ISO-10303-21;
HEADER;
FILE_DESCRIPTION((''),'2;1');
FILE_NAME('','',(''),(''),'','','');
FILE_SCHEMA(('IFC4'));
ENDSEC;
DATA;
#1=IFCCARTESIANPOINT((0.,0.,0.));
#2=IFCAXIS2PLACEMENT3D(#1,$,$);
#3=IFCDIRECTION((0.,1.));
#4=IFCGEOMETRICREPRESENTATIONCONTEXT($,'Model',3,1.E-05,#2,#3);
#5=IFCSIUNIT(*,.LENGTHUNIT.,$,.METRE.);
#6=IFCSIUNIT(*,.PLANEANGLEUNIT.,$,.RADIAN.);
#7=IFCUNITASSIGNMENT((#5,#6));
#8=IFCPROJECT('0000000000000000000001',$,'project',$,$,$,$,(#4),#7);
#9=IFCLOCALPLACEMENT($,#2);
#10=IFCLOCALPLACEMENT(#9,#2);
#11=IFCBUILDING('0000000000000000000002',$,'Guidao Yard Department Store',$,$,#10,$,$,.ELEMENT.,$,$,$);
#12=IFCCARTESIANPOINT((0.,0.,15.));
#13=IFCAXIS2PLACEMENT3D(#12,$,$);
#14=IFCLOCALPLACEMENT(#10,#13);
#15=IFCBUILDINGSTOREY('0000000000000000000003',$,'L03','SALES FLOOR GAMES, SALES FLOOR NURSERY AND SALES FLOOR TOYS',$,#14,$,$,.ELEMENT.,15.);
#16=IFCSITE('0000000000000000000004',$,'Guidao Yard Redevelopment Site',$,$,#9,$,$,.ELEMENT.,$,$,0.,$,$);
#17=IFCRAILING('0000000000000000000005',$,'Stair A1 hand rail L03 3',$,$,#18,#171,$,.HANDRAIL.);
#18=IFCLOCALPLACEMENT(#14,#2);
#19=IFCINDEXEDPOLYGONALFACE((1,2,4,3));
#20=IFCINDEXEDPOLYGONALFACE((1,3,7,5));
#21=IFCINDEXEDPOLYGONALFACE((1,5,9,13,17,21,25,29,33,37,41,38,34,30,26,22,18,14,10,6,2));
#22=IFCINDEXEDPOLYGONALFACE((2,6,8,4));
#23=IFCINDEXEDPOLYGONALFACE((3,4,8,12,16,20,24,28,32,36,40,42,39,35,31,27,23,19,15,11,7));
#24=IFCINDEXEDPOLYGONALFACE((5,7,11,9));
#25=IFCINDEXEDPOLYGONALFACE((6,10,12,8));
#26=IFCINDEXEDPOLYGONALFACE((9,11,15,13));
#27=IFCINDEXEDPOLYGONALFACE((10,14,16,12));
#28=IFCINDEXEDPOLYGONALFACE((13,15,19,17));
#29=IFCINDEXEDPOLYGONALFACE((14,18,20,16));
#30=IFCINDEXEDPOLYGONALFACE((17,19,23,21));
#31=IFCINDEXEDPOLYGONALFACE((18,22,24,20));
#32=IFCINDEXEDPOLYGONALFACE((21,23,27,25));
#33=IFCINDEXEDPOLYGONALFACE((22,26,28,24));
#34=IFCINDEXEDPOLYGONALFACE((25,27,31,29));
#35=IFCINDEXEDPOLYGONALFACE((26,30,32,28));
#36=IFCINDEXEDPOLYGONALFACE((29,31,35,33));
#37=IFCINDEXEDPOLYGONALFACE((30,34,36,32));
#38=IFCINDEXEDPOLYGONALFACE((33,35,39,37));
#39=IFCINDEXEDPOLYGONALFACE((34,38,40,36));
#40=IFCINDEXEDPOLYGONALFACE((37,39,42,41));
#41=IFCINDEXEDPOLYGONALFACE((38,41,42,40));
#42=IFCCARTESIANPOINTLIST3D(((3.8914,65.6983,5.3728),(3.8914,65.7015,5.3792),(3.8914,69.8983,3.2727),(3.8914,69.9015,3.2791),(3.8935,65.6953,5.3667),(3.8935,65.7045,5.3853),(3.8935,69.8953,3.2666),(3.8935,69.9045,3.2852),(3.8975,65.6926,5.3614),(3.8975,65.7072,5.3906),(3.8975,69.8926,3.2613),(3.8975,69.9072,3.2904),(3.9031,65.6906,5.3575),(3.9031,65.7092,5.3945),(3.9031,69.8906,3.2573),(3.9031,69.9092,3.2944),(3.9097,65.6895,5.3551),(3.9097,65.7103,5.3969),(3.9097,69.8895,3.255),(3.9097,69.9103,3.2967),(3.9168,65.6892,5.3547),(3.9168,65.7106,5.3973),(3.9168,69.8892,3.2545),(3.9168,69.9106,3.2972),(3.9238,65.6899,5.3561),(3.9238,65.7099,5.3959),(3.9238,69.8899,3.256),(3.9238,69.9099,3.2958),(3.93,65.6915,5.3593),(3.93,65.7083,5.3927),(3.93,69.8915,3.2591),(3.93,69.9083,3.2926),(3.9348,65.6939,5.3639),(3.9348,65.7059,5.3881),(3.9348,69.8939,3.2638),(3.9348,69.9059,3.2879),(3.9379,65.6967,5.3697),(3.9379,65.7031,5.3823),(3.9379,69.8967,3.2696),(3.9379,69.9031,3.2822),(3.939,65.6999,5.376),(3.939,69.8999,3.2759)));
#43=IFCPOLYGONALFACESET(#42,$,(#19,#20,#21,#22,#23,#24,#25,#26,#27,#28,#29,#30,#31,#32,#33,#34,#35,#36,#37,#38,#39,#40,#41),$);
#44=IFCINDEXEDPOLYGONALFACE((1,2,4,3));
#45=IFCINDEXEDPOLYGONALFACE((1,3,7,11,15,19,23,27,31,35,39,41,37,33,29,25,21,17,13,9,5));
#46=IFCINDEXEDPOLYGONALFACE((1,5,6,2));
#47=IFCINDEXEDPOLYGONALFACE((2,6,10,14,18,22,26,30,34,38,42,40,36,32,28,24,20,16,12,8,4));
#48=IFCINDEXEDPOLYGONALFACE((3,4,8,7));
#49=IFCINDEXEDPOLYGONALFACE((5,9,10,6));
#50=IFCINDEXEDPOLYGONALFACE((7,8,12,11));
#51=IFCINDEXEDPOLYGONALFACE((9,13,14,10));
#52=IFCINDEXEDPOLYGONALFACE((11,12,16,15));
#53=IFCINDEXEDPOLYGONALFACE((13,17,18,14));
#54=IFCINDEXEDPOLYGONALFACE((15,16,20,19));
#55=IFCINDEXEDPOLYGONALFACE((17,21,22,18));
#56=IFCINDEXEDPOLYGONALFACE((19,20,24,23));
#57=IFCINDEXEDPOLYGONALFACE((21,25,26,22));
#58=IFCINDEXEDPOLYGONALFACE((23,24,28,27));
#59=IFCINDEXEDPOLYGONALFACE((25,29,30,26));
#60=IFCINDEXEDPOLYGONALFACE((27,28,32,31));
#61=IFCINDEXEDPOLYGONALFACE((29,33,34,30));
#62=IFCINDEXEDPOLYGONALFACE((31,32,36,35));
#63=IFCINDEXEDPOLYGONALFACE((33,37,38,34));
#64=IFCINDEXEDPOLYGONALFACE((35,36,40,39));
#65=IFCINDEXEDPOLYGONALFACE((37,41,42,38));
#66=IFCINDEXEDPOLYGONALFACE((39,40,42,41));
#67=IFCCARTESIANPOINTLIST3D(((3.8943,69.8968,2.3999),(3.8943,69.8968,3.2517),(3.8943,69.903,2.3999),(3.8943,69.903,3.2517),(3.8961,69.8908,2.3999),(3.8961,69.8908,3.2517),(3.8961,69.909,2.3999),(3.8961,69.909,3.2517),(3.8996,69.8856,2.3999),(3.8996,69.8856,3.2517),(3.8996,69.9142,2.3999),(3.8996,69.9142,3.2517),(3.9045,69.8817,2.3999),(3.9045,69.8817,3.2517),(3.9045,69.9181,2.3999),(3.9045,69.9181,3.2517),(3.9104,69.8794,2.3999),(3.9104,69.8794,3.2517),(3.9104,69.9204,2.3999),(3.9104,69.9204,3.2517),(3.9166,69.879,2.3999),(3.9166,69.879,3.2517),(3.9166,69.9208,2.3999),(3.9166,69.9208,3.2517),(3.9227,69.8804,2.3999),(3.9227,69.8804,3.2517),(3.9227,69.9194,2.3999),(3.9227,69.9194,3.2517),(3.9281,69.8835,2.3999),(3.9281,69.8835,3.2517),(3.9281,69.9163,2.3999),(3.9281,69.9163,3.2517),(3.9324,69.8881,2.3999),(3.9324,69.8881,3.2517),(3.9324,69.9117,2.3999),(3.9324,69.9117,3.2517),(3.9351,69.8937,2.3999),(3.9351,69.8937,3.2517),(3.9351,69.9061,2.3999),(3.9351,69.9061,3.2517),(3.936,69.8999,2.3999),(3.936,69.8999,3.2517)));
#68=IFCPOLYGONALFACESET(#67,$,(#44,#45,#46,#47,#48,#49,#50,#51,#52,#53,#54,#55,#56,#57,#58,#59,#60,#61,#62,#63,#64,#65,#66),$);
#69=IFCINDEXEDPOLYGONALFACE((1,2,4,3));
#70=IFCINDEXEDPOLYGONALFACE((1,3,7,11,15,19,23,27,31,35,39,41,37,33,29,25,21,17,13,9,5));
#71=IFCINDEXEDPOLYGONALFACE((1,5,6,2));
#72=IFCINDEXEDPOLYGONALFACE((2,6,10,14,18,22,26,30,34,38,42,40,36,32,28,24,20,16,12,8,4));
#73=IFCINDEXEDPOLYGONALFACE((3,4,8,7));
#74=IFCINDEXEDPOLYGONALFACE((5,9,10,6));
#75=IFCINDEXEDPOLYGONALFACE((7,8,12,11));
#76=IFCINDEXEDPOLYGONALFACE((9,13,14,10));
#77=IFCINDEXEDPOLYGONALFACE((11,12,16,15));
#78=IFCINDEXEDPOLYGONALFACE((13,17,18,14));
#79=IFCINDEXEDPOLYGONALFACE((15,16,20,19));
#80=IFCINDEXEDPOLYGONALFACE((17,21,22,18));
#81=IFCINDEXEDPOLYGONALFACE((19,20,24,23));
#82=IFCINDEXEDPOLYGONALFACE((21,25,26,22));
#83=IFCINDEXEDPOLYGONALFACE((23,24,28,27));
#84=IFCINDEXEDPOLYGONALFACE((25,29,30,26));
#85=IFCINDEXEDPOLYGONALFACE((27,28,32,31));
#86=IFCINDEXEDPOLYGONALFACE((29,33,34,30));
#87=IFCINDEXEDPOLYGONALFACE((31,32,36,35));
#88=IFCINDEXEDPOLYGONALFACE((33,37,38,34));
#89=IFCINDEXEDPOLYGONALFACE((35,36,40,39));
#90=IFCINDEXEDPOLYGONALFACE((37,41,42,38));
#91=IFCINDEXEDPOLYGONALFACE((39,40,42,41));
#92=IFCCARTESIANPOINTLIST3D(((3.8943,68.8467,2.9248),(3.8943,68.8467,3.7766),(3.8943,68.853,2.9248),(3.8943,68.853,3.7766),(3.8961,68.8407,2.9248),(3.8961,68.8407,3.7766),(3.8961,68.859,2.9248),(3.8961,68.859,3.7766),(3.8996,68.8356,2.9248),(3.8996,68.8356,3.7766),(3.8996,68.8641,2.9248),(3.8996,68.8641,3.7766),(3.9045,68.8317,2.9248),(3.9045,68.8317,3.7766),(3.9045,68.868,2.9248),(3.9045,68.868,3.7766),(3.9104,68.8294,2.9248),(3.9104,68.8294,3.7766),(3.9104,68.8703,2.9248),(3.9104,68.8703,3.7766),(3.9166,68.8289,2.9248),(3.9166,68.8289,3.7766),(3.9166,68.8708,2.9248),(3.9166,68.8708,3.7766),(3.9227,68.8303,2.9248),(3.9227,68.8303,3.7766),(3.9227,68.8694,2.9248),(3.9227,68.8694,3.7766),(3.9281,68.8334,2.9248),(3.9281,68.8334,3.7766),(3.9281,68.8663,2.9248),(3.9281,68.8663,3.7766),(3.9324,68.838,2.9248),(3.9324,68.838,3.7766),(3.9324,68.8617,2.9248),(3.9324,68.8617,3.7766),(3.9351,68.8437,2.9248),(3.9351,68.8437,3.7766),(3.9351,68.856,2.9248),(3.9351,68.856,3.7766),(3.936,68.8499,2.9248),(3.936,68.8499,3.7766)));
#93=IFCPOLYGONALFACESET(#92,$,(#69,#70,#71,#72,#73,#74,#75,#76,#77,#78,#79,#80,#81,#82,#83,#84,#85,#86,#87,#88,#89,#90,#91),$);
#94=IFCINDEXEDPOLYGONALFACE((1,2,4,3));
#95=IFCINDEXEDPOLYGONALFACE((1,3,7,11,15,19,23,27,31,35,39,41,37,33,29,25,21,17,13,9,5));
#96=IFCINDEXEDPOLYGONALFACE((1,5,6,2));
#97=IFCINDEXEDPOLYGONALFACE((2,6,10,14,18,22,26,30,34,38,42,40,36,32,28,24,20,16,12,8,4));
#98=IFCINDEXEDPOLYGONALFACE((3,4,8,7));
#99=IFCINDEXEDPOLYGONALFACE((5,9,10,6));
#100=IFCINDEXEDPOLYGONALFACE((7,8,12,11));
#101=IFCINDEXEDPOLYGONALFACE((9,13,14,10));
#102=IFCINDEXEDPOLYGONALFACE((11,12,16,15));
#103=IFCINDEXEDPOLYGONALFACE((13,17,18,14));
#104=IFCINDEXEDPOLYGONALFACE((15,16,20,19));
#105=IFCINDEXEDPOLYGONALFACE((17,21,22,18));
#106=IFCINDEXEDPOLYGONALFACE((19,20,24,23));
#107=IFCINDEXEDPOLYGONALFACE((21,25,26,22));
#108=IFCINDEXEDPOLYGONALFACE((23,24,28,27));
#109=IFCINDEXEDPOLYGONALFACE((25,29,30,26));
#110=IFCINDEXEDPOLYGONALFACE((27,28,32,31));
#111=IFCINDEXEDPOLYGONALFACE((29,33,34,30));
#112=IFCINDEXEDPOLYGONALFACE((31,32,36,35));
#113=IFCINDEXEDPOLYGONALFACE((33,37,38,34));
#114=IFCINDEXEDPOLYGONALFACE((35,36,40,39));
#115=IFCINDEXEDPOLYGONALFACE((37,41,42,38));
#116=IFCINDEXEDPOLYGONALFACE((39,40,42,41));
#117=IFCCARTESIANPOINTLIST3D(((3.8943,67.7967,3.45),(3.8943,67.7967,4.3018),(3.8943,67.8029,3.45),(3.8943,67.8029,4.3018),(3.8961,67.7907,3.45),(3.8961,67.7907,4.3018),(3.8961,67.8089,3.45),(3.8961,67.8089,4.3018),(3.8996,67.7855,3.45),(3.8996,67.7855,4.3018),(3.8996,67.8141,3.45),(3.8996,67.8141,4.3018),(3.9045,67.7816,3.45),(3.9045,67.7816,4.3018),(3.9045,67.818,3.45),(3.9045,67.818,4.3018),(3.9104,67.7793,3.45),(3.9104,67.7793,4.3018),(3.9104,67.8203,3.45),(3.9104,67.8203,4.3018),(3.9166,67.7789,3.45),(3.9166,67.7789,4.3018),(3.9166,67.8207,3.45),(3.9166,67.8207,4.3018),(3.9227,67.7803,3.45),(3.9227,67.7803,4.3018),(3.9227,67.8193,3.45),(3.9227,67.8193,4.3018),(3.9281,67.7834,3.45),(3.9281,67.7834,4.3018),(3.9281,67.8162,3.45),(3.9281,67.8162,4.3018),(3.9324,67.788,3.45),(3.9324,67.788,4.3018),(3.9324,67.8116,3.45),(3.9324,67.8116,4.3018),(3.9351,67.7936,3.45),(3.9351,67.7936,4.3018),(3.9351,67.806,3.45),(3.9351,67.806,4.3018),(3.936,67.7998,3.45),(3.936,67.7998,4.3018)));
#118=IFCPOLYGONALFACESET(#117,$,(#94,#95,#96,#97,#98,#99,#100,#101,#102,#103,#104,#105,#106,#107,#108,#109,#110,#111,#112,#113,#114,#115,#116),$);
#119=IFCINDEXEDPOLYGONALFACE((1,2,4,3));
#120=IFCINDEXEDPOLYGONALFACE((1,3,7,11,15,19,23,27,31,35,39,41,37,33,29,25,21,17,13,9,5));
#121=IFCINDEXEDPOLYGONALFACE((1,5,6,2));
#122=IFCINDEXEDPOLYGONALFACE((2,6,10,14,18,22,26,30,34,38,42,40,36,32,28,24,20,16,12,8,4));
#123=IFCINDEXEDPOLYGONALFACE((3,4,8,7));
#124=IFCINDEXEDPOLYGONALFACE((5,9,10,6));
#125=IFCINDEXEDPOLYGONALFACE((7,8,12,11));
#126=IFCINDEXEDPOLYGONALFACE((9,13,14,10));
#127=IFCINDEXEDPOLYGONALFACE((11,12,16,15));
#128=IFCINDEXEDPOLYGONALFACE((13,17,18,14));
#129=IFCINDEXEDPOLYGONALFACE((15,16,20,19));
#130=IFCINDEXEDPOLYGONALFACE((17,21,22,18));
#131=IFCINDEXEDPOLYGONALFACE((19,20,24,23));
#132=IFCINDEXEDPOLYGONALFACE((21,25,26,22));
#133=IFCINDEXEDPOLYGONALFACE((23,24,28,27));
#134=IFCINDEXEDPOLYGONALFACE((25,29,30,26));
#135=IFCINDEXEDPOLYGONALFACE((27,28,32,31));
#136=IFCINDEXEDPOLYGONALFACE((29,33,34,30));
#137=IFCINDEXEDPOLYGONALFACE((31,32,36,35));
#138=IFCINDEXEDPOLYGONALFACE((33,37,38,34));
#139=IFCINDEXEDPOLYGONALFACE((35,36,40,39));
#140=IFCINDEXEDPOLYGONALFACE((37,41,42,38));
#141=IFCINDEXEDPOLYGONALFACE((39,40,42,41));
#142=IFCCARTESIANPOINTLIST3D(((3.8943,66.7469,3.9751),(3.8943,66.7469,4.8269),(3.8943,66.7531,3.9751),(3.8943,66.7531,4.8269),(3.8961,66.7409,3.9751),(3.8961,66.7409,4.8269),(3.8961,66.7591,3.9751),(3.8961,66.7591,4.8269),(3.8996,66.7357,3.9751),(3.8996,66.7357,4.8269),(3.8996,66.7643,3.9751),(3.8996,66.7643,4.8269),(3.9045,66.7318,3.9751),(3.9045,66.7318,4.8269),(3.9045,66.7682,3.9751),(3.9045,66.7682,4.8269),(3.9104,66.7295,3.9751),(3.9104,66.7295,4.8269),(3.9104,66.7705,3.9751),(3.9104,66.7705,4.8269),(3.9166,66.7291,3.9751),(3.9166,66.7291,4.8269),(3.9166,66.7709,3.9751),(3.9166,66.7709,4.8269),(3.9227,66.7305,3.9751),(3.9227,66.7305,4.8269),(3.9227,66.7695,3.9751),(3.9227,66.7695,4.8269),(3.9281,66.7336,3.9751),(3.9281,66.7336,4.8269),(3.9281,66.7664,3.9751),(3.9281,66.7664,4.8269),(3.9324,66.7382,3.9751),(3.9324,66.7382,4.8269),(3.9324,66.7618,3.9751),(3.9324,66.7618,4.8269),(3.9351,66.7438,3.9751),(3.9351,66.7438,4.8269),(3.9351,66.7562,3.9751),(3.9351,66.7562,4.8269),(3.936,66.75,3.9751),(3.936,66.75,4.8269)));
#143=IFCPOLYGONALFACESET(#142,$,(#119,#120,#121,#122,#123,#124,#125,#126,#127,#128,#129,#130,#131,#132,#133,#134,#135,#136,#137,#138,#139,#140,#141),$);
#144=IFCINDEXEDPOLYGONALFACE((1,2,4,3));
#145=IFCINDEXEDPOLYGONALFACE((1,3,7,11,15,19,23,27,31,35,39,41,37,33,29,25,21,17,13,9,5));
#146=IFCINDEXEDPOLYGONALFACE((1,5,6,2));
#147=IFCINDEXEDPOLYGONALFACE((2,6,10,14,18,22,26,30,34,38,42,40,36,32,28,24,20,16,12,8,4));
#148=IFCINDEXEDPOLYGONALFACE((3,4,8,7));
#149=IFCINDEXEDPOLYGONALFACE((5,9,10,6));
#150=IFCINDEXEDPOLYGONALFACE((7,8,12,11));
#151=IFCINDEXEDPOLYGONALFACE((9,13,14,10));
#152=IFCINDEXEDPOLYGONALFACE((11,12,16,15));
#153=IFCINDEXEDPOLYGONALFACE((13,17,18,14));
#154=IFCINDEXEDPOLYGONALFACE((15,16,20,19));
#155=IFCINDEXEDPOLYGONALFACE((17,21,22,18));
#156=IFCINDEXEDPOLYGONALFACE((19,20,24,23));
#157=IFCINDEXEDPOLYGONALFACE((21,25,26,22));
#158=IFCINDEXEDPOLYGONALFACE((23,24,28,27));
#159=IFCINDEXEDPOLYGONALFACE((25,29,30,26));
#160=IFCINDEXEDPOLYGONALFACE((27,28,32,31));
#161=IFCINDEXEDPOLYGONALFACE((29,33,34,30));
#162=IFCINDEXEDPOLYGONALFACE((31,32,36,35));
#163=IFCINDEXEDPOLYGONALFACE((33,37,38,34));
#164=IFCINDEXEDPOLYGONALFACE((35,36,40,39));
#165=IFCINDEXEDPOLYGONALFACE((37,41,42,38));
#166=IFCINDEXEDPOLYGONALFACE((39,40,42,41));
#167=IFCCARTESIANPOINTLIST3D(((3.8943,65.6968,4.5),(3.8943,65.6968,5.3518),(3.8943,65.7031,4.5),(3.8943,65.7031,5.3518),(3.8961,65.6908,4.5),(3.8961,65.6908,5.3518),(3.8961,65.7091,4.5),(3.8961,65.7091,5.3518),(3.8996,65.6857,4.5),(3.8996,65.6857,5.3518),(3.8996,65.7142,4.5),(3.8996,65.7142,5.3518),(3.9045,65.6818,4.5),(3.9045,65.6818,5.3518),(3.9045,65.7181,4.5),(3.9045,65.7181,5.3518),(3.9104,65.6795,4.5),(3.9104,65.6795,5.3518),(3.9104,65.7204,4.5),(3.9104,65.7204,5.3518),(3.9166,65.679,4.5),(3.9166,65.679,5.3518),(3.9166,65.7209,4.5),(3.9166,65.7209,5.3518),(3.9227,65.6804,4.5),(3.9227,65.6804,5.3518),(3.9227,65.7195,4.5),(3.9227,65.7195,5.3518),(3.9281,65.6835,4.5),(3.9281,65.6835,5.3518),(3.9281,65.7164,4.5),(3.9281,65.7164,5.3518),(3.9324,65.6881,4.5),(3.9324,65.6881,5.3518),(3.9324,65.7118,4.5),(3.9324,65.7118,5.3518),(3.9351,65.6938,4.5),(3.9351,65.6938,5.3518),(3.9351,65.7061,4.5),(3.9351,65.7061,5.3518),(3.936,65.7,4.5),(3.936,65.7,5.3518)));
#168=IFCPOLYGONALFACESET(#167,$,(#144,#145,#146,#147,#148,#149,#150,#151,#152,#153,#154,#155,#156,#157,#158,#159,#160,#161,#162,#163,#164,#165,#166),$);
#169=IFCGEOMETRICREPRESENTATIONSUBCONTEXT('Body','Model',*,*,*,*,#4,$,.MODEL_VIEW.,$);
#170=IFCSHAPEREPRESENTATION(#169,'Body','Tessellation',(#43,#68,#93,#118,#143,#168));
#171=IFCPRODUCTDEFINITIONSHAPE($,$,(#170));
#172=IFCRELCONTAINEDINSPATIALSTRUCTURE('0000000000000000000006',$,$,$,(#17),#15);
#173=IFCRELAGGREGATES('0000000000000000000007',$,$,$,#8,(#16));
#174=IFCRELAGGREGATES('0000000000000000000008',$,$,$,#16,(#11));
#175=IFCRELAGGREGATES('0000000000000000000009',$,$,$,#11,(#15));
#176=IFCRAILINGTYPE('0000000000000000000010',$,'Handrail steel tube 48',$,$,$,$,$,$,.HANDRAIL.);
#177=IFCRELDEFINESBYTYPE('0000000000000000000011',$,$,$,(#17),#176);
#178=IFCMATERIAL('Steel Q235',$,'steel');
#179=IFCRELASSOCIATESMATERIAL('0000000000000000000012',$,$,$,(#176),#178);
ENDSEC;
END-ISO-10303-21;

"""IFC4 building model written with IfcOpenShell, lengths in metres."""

from ifc_helpers import new_model, si_unit, direction, frame, origin, origin_2d, place, context, subcontext, project, spatial, circle, extrude, material, type_object, element, save


model = new_model("IFC4")

# Units and contexts
model_context = context("Model", 3, precision=1e-05, world=origin(), true_north=direction((0.0, 1.0)))
body_context = subcontext(model_context, "Body", "Model", "MODEL_VIEW")
ifc_project = project(units=[si_unit("LENGTHUNIT", "METRE"), si_unit("PLANEANGLEUNIT", "RADIAN")], contexts=[model_context])

# Site, building, storey
site_placement = place(None, origin())
site = spatial("IfcSite", under=ifc_project, at=site_placement, Name="Guidao Yard Redevelopment Site", CompositionType="ELEMENT", RefElevation=0.0)
building_placement = place(site_placement, origin())
building = spatial("IfcBuilding", under=site, at=building_placement, Name="Guidao Yard Department Store", CompositionType="ELEMENT")
storey_placement = place(building_placement, frame((0.0, 0.0, 15.0)))
storey = spatial("IfcBuildingStorey", under=building, at=storey_placement, Name="L03", Description="SALES FLOOR GAMES, SALES FLOOR NURSERY AND SALES FLOOR TOYS", CompositionType="ELEMENT", Elevation=15.0)

# Railing
ifc_material_1 = material(Name="Steel Q235", Category="steel")
railing_type_1 = type_object("IfcRailingType", Name="Handrail steel tube 48", PredefinedType="HANDRAIL", material=ifc_material_1)
for number, where, name in (
    (1, (3.915, 69.8999, 2.3999), "Stair A1 hand rail L03 3"),
):
    element("IfcRailing", number, at=place(storey_placement, frame(where)), inside=storey, type_object=railing_type_1, Name=name, PredefinedType="HANDRAIL", context=body_context, shape_type="SweptSolid", body=[
        extrude(circle(Radius=0.0239, at=origin_2d()), frame((0.0, 0.0, 0.876), z_axis=(0.0, -0.894417, 0.447234), x_axis=(1.0, 0.0, 0.0)), (0.0, 0.0, 1.0), 4.6958),
        extrude(circle(Radius=0.021, at=origin_2d()), origin(), (0.0, 0.0, 1.0), 0.8518),
        extrude(circle(Radius=0.021, at=origin_2d()), frame((0.0, -1.05, 0.5249)), (0.0, 0.0, 1.0), 0.8518),
        extrude(circle(Radius=0.021, at=origin_2d()), frame((0.0, -2.1001, 1.05)), (0.0, 0.0, 1.0), 0.8518),
        extrude(circle(Radius=0.021, at=origin_2d()), frame((0.0, -3.1499, 1.5752)), (0.0, 0.0, 1.0), 0.8518),
        extrude(circle(Radius=0.021, at=origin_2d()), frame((0.0, -4.2, 2.1001)), (0.0, 0.0, 1.0), 0.8518),
    ])

save(model, "model.ifc")
